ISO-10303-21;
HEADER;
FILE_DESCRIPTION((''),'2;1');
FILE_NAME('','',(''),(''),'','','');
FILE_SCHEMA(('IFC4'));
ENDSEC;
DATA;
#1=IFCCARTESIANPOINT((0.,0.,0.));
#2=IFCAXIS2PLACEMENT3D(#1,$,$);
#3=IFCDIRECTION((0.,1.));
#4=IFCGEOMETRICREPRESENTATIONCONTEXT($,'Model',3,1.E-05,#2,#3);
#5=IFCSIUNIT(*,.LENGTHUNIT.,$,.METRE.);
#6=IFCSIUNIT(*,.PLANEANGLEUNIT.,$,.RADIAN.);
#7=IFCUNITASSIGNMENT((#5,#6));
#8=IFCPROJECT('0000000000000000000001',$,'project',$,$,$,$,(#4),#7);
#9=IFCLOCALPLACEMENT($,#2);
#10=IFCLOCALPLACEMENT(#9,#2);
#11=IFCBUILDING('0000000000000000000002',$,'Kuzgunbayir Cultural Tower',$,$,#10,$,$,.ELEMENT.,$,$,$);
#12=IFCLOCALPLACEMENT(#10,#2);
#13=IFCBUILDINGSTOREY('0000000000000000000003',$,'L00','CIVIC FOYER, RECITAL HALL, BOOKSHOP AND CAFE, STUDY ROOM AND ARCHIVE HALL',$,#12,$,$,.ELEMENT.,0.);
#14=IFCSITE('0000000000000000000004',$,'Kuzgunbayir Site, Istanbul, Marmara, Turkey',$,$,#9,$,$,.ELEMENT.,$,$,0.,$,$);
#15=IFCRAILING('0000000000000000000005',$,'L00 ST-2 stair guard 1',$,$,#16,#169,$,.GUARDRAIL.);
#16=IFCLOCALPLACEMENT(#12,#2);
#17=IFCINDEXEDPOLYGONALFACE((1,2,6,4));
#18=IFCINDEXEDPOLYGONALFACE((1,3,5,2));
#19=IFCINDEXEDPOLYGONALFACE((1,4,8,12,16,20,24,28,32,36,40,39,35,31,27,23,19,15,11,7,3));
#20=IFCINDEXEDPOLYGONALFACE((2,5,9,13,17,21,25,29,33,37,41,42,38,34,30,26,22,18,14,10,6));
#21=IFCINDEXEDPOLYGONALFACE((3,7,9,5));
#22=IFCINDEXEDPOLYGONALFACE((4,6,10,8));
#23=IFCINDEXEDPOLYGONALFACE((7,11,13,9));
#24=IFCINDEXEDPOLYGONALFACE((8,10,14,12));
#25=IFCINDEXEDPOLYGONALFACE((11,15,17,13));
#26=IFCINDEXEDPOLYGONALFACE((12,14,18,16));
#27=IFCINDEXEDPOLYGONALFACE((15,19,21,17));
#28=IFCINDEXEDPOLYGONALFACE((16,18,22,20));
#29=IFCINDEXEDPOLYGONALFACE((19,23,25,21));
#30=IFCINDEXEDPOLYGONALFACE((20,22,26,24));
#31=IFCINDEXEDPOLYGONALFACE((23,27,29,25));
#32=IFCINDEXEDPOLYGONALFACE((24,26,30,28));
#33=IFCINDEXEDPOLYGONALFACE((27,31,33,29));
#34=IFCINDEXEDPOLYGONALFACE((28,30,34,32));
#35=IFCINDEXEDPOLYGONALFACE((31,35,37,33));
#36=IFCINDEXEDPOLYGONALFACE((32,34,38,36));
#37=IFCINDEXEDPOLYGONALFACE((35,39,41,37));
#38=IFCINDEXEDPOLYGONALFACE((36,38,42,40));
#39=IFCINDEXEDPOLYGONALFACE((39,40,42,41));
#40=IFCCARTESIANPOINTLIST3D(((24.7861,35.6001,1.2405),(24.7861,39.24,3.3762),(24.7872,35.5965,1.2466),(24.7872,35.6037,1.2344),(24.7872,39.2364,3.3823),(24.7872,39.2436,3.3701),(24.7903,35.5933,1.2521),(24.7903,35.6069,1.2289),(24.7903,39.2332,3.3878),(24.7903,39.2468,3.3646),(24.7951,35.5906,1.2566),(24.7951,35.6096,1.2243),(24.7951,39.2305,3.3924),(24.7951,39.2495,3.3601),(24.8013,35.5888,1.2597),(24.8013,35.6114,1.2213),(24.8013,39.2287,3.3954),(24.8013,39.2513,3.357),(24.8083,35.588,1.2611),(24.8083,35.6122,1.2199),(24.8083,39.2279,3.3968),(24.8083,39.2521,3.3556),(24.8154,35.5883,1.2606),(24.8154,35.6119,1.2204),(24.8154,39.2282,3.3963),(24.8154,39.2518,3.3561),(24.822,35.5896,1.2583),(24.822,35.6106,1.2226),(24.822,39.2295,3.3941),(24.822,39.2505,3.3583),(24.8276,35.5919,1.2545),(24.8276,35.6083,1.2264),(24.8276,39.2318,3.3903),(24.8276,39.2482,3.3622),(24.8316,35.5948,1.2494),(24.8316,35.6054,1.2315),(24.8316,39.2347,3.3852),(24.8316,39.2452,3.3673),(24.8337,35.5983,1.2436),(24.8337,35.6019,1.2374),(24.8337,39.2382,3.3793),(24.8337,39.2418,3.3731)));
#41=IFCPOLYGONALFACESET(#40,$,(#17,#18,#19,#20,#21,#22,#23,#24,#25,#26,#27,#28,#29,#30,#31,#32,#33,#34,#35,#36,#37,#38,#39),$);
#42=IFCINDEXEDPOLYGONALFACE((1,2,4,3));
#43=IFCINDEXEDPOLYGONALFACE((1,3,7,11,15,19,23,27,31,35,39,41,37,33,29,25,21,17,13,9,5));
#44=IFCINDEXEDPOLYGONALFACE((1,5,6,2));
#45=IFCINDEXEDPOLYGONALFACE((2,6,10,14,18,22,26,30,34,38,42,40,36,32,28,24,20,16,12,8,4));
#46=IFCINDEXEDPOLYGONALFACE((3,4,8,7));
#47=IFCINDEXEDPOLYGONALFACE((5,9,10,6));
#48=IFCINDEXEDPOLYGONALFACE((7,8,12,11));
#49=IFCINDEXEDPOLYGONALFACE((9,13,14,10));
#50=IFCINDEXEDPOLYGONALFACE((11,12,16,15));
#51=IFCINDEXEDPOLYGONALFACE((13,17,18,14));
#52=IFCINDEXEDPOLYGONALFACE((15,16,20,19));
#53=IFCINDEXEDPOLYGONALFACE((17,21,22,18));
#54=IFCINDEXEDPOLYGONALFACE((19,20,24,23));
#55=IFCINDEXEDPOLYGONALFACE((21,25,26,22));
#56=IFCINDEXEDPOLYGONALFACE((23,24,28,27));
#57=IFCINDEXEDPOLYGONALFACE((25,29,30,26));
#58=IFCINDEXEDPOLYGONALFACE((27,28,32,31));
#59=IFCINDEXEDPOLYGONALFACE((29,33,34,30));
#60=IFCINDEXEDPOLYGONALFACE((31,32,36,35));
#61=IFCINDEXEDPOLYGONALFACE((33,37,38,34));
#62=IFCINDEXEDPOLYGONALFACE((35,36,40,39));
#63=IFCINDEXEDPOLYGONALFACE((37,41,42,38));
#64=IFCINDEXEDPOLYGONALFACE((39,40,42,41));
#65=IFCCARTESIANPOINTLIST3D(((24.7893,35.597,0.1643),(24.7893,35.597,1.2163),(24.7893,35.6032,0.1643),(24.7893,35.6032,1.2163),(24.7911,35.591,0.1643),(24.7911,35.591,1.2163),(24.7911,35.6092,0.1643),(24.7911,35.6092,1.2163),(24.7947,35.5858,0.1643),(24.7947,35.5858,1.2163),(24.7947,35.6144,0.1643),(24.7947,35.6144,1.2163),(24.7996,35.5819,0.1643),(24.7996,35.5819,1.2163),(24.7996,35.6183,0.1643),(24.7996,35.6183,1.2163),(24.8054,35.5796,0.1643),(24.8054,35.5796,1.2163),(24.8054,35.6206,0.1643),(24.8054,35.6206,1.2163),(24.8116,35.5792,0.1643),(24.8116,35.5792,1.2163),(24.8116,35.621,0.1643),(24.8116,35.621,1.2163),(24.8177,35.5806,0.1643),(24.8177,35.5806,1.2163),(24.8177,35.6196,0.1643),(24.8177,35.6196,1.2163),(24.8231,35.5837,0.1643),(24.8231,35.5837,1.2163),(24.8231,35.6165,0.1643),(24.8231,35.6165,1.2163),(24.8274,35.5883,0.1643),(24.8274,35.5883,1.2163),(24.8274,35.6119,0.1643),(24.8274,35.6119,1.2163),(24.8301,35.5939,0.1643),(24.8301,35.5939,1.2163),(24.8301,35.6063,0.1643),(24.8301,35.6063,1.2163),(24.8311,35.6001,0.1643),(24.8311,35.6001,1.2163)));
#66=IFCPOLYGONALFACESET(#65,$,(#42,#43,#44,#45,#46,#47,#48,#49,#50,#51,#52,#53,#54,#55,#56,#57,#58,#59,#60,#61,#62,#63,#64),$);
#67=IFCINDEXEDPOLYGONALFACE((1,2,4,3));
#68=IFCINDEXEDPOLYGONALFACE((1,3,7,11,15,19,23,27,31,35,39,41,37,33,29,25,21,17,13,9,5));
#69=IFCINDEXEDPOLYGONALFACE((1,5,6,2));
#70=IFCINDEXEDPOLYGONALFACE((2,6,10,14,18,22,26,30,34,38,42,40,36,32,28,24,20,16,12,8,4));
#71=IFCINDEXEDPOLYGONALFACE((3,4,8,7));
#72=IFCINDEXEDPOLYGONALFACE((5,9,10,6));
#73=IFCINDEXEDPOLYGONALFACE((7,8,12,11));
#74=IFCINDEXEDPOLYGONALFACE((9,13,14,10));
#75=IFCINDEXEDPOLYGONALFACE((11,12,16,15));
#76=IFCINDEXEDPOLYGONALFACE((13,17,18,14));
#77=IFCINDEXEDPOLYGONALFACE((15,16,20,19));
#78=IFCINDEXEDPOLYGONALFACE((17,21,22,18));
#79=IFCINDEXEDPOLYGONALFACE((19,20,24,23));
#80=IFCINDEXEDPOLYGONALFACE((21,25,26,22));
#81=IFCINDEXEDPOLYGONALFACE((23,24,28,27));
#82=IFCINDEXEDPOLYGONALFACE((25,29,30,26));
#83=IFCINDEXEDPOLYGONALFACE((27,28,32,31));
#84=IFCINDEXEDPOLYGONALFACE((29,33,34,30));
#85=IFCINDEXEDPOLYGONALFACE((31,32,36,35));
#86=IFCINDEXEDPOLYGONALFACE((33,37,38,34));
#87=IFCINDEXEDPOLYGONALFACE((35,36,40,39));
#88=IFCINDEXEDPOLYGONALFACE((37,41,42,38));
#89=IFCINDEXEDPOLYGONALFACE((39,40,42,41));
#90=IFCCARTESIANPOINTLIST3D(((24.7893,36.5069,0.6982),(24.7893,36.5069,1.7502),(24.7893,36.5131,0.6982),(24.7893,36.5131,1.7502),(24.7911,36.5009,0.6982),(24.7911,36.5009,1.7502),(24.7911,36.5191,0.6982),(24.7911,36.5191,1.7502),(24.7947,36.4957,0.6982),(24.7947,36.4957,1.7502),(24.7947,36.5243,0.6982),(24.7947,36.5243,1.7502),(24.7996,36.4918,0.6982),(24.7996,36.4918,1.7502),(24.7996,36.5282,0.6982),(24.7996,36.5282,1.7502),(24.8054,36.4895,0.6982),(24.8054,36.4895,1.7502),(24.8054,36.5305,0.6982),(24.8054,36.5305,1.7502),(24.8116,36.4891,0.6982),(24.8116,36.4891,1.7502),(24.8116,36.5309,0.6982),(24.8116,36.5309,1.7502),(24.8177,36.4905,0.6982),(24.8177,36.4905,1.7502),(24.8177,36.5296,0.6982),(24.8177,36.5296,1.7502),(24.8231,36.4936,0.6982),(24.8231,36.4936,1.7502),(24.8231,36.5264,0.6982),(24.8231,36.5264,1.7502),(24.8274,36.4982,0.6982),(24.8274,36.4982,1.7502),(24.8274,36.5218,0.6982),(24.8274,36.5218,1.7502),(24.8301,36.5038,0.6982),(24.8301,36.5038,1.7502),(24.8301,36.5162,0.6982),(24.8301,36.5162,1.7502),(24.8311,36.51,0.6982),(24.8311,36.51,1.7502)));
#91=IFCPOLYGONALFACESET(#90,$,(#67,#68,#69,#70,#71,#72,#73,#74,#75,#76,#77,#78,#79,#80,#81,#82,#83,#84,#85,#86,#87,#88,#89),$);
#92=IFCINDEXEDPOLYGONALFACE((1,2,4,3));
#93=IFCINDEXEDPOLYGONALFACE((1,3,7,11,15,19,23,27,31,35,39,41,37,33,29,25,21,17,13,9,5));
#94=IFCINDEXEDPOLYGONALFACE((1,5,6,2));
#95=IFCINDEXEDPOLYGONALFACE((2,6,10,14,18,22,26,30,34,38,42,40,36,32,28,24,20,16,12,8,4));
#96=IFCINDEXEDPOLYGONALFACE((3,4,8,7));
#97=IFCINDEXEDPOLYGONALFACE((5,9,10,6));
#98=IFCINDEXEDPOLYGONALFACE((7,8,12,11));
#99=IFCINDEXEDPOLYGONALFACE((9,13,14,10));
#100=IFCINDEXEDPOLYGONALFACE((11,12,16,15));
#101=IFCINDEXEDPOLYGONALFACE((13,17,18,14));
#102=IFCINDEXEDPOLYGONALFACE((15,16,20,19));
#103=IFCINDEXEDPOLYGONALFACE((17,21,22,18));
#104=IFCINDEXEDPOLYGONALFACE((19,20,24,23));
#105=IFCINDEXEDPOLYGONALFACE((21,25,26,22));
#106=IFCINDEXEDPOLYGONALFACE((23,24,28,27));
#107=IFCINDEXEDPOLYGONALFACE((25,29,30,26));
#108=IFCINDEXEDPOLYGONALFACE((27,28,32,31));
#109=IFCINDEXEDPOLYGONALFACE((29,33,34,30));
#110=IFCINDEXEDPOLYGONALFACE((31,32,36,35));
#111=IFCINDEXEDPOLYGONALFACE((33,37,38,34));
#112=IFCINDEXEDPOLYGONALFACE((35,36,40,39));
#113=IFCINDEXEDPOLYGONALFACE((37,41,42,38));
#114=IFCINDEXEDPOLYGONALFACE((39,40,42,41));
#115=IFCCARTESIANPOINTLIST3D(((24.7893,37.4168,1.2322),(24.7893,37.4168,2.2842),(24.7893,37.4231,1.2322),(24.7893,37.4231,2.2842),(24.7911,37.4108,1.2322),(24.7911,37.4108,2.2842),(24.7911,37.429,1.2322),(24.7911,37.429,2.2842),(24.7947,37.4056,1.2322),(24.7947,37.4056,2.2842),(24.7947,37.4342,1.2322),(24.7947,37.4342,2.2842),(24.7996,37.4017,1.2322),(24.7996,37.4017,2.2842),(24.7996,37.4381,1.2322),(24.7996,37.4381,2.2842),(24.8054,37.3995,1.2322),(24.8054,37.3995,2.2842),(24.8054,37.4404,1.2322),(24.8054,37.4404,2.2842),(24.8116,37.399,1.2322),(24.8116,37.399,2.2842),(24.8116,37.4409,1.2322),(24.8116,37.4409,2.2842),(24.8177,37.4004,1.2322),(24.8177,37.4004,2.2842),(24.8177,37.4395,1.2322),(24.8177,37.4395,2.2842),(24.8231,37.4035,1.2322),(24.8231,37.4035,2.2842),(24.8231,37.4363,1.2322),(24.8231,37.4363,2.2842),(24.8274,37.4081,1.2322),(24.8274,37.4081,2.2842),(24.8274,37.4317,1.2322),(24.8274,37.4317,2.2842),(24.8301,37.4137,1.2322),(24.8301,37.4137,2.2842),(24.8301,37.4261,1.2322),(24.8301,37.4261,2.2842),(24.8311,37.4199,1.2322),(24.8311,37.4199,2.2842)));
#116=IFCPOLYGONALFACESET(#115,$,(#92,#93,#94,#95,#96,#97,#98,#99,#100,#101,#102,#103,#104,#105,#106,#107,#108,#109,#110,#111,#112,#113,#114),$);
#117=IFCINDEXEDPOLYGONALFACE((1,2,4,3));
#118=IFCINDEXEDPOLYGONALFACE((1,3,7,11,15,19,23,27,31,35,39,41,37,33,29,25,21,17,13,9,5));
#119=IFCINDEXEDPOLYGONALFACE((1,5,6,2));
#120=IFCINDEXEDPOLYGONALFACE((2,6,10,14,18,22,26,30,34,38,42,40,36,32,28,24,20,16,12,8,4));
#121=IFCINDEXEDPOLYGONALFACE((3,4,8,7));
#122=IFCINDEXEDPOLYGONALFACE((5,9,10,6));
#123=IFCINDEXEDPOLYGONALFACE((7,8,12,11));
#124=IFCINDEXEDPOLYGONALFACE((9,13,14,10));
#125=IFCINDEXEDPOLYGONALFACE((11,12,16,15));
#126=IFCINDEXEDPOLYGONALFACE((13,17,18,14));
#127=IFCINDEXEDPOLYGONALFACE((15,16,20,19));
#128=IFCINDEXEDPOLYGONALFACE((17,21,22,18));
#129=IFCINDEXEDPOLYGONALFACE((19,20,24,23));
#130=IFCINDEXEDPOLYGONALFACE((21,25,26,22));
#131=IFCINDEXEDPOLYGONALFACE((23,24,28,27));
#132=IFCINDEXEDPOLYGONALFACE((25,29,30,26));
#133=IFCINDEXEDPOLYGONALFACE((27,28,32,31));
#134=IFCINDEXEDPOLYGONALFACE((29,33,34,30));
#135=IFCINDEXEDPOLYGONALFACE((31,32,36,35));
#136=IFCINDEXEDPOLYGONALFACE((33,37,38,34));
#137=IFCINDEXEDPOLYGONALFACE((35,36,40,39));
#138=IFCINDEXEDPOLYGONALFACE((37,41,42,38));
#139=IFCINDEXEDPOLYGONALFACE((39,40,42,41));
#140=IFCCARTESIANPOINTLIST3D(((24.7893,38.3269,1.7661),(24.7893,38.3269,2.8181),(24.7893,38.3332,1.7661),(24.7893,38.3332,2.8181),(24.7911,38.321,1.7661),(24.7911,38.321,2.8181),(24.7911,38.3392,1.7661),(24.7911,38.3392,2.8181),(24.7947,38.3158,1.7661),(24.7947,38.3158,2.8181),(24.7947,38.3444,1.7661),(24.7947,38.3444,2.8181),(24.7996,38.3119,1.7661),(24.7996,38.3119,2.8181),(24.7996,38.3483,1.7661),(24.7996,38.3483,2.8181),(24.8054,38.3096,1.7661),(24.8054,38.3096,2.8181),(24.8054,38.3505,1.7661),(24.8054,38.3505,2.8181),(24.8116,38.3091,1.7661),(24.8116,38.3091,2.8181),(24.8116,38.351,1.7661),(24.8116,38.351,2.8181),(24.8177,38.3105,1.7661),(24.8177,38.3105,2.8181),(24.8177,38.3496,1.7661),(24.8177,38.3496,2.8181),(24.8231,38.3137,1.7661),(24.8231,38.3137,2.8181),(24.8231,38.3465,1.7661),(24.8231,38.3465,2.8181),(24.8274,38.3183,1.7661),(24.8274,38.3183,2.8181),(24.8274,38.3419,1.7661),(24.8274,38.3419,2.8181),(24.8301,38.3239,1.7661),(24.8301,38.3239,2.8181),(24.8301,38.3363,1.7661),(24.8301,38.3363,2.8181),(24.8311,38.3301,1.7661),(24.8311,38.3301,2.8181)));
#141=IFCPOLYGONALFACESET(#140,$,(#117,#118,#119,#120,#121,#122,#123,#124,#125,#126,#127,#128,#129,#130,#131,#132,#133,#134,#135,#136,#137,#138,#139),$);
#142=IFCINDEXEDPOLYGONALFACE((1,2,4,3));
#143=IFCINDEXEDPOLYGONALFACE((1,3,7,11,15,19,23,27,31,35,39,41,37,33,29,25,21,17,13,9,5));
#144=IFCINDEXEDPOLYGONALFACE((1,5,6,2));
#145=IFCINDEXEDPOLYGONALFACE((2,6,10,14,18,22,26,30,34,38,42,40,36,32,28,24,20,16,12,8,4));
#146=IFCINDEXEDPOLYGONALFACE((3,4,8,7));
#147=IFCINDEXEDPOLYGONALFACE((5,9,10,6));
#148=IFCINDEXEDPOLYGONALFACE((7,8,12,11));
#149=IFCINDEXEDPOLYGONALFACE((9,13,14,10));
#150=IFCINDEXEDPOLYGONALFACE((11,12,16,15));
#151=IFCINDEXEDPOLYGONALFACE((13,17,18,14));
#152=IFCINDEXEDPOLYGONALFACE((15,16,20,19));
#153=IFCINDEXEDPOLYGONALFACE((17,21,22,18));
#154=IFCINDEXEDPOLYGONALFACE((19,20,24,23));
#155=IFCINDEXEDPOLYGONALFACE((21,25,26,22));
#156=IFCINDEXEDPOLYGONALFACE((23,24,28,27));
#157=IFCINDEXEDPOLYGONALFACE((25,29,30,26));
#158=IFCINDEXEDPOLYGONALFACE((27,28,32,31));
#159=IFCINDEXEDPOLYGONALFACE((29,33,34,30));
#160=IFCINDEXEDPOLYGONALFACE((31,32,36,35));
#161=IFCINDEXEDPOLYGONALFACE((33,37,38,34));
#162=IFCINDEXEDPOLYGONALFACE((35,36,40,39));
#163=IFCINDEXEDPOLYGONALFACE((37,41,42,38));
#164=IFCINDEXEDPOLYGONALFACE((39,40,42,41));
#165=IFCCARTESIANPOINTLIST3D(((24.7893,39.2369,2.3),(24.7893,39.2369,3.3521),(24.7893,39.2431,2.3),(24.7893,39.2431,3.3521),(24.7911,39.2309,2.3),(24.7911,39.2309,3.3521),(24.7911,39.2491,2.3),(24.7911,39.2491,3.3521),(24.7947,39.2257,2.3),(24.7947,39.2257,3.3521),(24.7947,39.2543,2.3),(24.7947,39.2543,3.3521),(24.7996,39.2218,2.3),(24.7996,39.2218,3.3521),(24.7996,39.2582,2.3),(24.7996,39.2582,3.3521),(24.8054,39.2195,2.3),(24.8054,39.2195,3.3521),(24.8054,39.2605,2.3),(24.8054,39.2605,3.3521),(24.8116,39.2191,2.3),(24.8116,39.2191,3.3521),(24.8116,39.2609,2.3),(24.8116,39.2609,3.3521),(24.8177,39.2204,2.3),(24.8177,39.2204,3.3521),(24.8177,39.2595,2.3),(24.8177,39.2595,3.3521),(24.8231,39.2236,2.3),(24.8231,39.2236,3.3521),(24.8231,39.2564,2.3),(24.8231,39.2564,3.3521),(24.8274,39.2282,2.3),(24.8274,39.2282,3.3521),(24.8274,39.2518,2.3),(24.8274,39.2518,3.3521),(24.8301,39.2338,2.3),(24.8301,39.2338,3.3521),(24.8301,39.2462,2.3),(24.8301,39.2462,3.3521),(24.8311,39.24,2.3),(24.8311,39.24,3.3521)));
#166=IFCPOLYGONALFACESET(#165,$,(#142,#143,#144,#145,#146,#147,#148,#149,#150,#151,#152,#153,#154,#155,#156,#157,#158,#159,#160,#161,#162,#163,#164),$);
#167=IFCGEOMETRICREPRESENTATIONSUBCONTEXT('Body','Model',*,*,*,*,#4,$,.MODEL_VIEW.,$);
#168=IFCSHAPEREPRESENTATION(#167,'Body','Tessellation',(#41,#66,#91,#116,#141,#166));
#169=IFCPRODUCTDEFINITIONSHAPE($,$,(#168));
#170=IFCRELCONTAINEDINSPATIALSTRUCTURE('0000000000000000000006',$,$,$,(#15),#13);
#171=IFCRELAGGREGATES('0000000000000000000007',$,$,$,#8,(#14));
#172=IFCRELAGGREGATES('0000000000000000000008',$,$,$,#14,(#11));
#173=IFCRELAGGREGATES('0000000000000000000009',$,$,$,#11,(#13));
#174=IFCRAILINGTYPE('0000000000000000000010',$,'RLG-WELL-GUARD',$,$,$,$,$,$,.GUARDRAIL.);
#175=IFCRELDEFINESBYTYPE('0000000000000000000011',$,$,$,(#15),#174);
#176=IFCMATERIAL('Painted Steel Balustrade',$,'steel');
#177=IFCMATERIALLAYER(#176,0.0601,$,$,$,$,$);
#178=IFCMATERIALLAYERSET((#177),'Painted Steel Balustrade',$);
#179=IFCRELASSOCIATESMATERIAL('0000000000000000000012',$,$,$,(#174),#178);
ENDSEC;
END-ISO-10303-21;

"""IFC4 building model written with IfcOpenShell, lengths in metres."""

from ifc_helpers import new_model, si_unit, direction, frame, origin, origin_2d, place, context, subcontext, project, spatial, circle, extrude, material, layer, layer_set, type_object, element, save


model = new_model("IFC4")

# Units and contexts
model_context = context("Model", 3, precision=1e-05, world=origin(), true_north=direction((0.0, 1.0)))
body_context = subcontext(model_context, "Body", "Model", "MODEL_VIEW")
ifc_project = project(units=[si_unit("LENGTHUNIT", "METRE"), si_unit("PLANEANGLEUNIT", "RADIAN")], contexts=[model_context])

# Site, building, storey
site_placement = place(None, origin())
site = spatial("IfcSite", under=ifc_project, at=site_placement, Name="Kuzgunbayir Site, Istanbul, Marmara, Turkey", CompositionType="ELEMENT", RefElevation=0.0)
building_placement = place(site_placement, origin())
building = spatial("IfcBuilding", under=site, at=building_placement, Name="Kuzgunbayir Cultural Tower", CompositionType="ELEMENT")
storey_placement = place(building_placement, origin())
storey = spatial("IfcBuildingStorey", under=building, at=storey_placement, Name="L00", Description="CIVIC FOYER, RECITAL HALL, BOOKSHOP AND CAFE, STUDY ROOM AND ARCHIVE HALL", CompositionType="ELEMENT", Elevation=0.0)

# Railing
ifc_material_1 = material(Name="Painted Steel Balustrade", Category="steel")
ifc_layer_1 = layer(ifc_material_1, 0.0601)
ifc_layer_set_1 = layer_set([ifc_layer_1], Name="Painted Steel Balustrade")
railing_type_1 = type_object("IfcRailingType", Name="RLG-WELL-GUARD", PredefinedType="GUARDRAIL", material=ifc_layer_set_1)
railing_1_placement = place(storey_placement, frame((24.8101, 35.6001, 0.1643)))
element("IfcRailing", 1, at=railing_1_placement, inside=storey, type_object=railing_type_1, Name="L00 ST-2 stair guard 1", PredefinedType="GUARDRAIL", context=body_context, shape_type="SweptSolid", body=[
    extrude(circle(Radius=0.0239, at=origin_2d()), frame((0.0, 0.0, 1.0762), z_axis=(0.0, 0.86249, 0.506074), x_axis=(-1.0, 0.0, 0.0)), (0.0, 0.0, 1.0), 4.2202),
    extrude(circle(Radius=0.021, at=origin_2d()), origin(), (0.0, 0.0, 1.0), 1.052),
    extrude(circle(Radius=0.021, at=origin_2d()), frame((0.0, 0.9099, 0.5339)), (0.0, 0.0, 1.0), 1.052),
    extrude(circle(Radius=0.021, at=origin_2d()), frame((0.0, 1.8198, 1.0679)), (0.0, 0.0, 1.0), 1.052),
    extrude(circle(Radius=0.021, at=origin_2d()), frame((0.0, 2.73, 1.6018)), (0.0, 0.0, 1.0), 1.052),
    extrude(circle(Radius=0.021, at=origin_2d()), frame((0.0, 3.6399, 2.1357)), (0.0, 0.0, 1.0), 1.052),
])

save(model, "model.ifc")
